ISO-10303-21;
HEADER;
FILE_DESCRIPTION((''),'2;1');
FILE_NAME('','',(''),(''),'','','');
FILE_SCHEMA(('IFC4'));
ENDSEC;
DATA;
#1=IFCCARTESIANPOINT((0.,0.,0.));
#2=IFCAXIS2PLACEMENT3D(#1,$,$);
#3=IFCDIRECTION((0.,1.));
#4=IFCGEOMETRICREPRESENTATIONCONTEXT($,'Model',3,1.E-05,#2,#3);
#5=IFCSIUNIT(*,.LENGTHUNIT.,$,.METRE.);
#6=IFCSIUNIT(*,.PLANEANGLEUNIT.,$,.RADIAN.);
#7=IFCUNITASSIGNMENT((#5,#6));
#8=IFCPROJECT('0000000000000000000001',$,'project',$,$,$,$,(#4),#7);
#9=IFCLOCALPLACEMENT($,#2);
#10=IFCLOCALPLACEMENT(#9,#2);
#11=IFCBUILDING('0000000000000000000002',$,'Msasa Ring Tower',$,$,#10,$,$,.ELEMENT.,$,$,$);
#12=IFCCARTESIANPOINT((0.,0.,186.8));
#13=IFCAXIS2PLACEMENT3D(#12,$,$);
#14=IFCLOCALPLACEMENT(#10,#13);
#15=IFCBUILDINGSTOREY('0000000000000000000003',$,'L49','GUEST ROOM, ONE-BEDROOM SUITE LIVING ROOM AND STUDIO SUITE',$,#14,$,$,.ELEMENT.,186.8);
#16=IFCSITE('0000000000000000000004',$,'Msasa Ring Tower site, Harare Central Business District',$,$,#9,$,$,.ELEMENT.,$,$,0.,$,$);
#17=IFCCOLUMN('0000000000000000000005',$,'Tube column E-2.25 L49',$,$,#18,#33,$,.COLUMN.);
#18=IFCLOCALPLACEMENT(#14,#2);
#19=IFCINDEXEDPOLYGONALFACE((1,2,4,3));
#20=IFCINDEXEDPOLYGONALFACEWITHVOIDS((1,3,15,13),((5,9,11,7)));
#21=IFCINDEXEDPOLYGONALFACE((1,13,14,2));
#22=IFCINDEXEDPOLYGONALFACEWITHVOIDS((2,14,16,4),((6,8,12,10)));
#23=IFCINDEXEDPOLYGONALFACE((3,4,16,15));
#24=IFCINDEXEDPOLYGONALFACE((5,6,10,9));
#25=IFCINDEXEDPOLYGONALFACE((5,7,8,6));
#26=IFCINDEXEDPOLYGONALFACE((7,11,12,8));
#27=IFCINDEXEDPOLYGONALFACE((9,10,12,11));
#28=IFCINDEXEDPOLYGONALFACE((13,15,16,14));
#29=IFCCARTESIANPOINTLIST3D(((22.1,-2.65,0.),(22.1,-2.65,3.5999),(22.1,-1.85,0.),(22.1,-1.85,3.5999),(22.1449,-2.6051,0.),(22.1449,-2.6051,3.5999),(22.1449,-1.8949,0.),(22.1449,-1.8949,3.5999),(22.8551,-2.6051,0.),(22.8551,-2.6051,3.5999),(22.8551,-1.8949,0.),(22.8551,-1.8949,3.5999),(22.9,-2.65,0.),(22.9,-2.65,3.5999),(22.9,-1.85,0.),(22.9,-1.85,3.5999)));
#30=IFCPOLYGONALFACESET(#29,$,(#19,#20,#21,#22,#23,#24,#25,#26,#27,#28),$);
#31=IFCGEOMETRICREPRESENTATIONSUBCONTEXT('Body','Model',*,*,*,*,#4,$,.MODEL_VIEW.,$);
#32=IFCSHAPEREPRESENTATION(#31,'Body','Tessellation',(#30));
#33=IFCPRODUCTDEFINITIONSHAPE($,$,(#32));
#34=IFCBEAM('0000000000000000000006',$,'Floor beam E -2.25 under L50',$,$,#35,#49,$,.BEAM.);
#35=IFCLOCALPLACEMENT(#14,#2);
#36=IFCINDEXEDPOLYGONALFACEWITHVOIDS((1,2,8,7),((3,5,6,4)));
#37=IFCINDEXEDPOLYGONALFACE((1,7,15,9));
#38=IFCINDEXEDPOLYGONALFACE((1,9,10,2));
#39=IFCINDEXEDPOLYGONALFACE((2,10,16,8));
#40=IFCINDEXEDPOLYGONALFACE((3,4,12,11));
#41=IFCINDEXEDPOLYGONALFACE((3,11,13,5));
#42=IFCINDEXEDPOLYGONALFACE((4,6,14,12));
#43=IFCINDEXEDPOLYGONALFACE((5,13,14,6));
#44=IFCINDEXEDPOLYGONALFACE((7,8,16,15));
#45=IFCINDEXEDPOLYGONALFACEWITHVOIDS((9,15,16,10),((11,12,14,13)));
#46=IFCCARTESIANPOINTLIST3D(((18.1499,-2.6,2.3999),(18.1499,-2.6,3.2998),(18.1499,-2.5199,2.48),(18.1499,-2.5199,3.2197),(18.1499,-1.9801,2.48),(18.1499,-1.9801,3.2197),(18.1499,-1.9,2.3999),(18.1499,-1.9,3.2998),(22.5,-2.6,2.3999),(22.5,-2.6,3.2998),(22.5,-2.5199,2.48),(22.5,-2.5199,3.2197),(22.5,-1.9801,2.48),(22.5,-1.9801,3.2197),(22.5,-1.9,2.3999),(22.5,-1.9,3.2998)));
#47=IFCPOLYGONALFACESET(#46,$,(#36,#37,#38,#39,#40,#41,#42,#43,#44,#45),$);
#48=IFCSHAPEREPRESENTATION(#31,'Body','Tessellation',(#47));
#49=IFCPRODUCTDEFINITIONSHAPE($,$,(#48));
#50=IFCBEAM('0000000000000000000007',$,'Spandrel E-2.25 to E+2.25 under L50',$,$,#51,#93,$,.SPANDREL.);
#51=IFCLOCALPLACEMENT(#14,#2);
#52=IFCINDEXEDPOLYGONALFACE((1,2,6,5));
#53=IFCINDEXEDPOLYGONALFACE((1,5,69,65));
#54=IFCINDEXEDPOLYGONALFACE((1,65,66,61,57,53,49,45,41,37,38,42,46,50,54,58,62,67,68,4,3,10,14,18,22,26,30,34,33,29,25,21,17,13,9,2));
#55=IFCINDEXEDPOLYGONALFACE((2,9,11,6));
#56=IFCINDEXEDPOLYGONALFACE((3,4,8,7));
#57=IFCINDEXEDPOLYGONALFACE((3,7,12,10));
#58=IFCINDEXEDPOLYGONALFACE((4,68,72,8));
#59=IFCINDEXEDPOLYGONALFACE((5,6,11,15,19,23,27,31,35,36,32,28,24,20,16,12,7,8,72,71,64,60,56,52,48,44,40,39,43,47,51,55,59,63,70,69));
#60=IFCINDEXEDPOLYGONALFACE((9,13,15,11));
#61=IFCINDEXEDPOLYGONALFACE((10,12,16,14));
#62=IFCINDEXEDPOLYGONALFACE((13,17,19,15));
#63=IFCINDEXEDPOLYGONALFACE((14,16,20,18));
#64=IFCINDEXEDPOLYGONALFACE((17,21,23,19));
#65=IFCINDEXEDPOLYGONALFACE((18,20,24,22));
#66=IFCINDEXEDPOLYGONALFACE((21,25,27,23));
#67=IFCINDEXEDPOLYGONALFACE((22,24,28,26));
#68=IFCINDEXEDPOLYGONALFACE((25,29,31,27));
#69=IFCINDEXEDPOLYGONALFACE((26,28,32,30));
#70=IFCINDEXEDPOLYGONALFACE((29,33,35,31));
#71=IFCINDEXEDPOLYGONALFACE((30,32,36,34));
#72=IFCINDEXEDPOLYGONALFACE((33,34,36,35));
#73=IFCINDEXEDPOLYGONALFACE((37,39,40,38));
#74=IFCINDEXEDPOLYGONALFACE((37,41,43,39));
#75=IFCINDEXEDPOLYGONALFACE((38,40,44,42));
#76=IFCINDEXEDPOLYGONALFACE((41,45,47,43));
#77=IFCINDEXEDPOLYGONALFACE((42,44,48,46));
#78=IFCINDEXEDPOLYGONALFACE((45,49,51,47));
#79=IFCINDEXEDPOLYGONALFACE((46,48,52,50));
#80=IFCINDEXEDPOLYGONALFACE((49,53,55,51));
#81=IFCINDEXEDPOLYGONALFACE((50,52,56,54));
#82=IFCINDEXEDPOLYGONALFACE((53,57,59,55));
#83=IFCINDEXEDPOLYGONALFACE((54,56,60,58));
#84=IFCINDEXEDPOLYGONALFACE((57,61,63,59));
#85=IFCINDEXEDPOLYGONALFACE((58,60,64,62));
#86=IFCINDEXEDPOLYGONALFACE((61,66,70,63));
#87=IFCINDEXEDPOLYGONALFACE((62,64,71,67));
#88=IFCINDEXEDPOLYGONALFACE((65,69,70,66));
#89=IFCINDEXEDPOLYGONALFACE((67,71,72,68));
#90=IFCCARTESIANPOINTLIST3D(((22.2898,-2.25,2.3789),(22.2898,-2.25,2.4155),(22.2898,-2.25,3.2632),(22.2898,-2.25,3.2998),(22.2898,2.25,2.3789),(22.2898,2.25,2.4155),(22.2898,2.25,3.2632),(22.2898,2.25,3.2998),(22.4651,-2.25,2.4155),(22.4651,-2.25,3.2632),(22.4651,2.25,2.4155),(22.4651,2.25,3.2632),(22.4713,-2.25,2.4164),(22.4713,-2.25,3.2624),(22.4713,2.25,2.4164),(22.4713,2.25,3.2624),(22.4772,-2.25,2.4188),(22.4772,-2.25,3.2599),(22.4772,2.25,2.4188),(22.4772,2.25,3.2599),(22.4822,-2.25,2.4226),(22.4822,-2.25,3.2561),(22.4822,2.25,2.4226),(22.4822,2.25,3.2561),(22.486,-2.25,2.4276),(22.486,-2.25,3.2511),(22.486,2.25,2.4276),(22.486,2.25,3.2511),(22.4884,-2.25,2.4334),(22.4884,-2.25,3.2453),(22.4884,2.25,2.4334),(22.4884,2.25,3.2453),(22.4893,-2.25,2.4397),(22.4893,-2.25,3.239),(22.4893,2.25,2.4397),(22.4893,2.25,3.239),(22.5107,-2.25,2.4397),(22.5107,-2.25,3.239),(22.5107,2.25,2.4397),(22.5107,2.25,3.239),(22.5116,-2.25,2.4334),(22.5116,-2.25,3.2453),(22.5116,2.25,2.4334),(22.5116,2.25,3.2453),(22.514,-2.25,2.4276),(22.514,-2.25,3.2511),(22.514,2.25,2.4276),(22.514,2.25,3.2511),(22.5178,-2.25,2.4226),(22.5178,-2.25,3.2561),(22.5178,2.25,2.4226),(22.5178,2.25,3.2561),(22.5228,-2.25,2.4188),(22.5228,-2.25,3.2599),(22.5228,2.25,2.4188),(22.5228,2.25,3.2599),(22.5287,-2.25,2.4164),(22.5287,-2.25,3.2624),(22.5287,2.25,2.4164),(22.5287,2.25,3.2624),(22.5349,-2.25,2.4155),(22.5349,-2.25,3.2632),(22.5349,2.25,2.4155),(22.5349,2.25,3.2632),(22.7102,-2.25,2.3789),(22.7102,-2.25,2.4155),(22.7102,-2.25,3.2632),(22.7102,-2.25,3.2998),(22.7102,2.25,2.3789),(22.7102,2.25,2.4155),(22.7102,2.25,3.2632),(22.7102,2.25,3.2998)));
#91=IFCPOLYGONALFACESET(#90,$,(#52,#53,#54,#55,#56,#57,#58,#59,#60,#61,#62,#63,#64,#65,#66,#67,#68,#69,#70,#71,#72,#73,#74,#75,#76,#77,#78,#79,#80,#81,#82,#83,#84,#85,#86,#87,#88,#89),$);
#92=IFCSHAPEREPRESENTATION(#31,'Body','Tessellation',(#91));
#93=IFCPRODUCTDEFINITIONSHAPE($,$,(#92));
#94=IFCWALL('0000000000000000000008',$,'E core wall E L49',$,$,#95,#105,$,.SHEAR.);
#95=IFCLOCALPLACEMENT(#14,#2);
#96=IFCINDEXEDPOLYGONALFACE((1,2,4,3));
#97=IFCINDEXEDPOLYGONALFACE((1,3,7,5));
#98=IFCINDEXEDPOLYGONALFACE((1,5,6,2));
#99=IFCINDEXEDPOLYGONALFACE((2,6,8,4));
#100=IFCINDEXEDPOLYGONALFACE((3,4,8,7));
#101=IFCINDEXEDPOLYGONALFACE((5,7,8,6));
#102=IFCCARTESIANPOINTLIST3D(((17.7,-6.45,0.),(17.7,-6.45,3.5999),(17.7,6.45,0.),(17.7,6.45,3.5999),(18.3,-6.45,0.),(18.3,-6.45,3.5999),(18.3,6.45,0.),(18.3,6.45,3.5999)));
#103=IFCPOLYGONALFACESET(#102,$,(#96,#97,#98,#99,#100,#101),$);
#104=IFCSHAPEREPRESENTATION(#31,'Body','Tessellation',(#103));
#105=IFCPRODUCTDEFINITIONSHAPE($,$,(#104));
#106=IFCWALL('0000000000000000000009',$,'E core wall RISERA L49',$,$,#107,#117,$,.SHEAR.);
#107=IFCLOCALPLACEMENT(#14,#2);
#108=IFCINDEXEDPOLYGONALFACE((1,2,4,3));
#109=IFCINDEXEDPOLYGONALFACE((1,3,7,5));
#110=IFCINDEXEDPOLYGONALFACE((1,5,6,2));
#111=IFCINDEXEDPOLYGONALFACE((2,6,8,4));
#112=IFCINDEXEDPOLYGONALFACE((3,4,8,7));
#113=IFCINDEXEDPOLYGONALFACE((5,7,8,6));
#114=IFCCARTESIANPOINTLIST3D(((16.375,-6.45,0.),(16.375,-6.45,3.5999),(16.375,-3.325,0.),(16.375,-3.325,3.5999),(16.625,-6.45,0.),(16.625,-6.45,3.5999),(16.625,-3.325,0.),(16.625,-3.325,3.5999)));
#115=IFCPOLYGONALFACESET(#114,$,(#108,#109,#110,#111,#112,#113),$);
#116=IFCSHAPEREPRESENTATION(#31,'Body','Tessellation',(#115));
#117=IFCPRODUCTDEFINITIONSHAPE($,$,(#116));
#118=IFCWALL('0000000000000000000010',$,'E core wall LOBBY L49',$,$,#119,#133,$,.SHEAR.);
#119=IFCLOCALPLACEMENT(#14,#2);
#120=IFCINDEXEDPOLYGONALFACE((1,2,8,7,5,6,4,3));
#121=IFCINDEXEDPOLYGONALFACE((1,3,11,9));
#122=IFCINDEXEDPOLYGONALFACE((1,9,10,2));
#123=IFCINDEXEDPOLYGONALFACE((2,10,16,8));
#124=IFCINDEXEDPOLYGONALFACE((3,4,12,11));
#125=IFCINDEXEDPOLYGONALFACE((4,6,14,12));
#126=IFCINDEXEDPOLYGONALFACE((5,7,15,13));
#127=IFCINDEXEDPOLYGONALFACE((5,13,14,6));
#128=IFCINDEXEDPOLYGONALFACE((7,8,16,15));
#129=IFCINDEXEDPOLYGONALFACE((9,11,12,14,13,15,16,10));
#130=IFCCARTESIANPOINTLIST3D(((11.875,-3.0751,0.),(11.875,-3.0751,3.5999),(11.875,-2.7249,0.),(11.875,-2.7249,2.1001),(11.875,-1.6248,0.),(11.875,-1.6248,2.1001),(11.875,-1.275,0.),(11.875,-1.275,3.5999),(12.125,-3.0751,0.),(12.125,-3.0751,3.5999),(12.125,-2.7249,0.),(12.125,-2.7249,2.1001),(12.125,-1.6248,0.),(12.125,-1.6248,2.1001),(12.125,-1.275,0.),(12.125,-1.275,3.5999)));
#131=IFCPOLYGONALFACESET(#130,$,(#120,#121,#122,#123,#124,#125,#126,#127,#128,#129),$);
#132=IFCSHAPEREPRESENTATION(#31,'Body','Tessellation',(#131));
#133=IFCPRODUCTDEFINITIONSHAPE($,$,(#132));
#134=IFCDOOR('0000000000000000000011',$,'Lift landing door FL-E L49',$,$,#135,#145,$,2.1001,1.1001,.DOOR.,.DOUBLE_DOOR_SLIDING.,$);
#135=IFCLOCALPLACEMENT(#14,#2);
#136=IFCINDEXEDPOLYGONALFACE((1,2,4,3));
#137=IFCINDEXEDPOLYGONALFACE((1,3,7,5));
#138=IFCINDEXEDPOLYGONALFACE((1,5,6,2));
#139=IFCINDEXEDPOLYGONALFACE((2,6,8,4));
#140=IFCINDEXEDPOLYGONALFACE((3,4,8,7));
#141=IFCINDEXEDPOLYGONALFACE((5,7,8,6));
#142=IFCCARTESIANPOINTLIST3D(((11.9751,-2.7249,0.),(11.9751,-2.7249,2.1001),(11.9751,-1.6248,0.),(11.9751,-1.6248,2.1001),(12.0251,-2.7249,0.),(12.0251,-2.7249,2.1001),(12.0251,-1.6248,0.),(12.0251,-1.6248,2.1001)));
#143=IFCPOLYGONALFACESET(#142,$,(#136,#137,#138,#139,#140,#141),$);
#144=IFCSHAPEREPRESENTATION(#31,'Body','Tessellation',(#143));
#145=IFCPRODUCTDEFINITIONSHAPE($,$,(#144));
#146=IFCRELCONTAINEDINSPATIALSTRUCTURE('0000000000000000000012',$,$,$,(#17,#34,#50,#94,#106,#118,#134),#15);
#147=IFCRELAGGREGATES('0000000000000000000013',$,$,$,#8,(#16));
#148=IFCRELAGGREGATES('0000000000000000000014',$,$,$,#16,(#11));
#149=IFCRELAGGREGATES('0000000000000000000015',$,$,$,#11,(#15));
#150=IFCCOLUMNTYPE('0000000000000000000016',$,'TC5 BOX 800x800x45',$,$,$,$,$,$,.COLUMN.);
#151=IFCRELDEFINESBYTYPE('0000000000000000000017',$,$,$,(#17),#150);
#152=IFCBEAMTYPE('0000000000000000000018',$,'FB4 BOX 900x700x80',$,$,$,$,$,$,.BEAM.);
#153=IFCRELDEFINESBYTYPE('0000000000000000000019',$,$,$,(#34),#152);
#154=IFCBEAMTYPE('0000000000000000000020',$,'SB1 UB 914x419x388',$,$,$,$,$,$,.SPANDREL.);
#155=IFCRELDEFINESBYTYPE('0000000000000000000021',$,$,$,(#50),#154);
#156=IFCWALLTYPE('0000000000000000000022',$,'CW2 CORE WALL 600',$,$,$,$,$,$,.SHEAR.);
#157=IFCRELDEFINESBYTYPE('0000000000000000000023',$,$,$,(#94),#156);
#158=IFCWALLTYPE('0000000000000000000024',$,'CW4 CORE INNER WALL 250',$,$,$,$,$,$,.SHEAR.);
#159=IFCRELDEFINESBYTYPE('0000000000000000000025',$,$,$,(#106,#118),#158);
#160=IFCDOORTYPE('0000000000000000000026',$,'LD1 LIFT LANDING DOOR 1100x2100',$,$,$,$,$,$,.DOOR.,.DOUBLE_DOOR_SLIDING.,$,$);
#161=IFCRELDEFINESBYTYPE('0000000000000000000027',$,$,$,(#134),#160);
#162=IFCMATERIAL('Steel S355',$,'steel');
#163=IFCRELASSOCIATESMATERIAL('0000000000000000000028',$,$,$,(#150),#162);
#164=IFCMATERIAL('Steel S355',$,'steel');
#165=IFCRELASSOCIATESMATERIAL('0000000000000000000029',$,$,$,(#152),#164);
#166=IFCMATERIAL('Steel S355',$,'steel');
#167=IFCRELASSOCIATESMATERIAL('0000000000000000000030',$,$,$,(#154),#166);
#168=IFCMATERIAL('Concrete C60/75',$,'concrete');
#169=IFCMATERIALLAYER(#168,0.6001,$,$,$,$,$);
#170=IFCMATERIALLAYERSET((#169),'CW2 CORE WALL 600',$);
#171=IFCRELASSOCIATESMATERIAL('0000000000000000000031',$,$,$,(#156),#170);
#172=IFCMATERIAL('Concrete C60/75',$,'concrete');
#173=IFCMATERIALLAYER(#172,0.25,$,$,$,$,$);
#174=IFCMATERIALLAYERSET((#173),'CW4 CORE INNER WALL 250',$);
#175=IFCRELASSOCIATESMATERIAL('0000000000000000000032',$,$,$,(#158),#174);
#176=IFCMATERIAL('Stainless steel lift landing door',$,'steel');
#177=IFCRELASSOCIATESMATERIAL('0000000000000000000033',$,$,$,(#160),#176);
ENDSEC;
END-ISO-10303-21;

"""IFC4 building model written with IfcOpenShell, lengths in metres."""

from ifc_helpers import new_model, si_unit, direction, frame, frame_2d, origin, origin_2d, place, context, subcontext, project, spatial, rectangle, hollow_rectangle, i_section, extrude, material, layer, layer_set, material_profile, profile_set, type_object, element, fill, save


model = new_model("IFC4")

# Units and contexts
model_context = context("Model", 3, precision=1e-05, world=origin(), true_north=direction((0.0, 1.0)))
body_context = subcontext(model_context, "Body", "Model", "MODEL_VIEW")
ifc_project = project(units=[si_unit("LENGTHUNIT", "METRE"), si_unit("PLANEANGLEUNIT", "RADIAN")], contexts=[model_context])

# Site, building, storey
site_placement = place(None, origin())
site = spatial("IfcSite", under=ifc_project, at=site_placement, Name="Msasa Ring Tower site, Harare Central Business District", CompositionType="ELEMENT", RefElevation=0.0)
building_placement = place(site_placement, origin())
building = spatial("IfcBuilding", under=site, at=building_placement, Name="Msasa Ring Tower", CompositionType="ELEMENT")
storey_placement = place(building_placement, frame((0.0, 0.0, 186.8)))
storey = spatial("IfcBuildingStorey", under=building, at=storey_placement, Name="L49", Description="GUEST ROOM, ONE-BEDROOM SUITE LIVING ROOM AND STUDIO SUITE", CompositionType="ELEMENT", Elevation=186.8)

# Column
ifc_material_1 = material(Name="Steel S355", Category="steel")
ifc_material_profile_1 = material_profile(ifc_material_1, hollow_rectangle(XDim=0.8, YDim=0.8, WallThickness=0.0449, at=origin_2d()), Name="BOX 800x800x45")
ifc_profile_set_1 = profile_set([ifc_material_profile_1], Name="Steel S355")
column_type = type_object("IfcColumnType", Name="TC5 BOX 800x800x45", PredefinedType="COLUMN", material=ifc_profile_set_1)
column_placement = place(storey_placement, frame((22.5, -2.25, 0.0), z_axis=(0.0, 0.0, 1.0), x_axis=(1.0, 0.0, 0.0)))
element("IfcColumn", 1, at=column_placement, inside=storey, type_object=column_type, Name="Tube column E-2.25 L49", PredefinedType="COLUMN", context=body_context, shape_type="SweptSolid", body=[
    extrude(hollow_rectangle(XDim=0.8, YDim=0.8, WallThickness=0.0449, at=origin_2d()), origin(), (0.0, 0.0, 1.0), 3.5999),
])

# Beams
ifc_material_2 = material(Name="Steel S355", Category="steel")
ifc_material_profile_2 = material_profile(ifc_material_2, hollow_rectangle(XDim=0.7, YDim=0.8999, WallThickness=0.0801, at=origin_2d()), Name="BOX 900x700x80")
ifc_profile_set_2 = profile_set([ifc_material_profile_2], Name="Steel S355")
beam_type_1 = type_object("IfcBeamType", Name="FB4 BOX 900x700x80", PredefinedType="BEAM", material=ifc_profile_set_2)
beam_1_placement = place(storey_placement, frame((22.5, -2.25, 2.8499), z_axis=(-1.0, 0.0, 0.0), x_axis=(0.0, -1.0, 0.0)))
element("IfcBeam", 2, at=beam_1_placement, inside=storey, type_object=beam_type_1, Name="Floor beam E -2.25 under L50", PredefinedType="BEAM", context=body_context, shape_type="SweptSolid", body=[
    extrude(hollow_rectangle(XDim=0.7, YDim=0.8999, WallThickness=0.0801, at=origin_2d()), origin(), (0.0, 0.0, 1.0), 4.3501),
])
ifc_material_3 = material(Name="Steel S355", Category="steel")
ifc_material_profile_3 = material_profile(ifc_material_3, i_section(OverallWidth=0.4204, OverallDepth=0.9209, WebThickness=0.0215, FlangeThickness=0.0366, FilletRadius=0.0242, at=origin_2d()), Name="UB 914x419x388")
ifc_profile_set_3 = profile_set([ifc_material_profile_3], Name="Steel S355")
beam_type_2 = type_object("IfcBeamType", Name="SB1 UB 914x419x388", PredefinedType="SPANDREL", material=ifc_profile_set_3)
beam_2_placement = place(storey_placement, frame((22.5, -2.25, 2.8394), z_axis=(0.0, 1.0, 0.0), x_axis=(-1.0, 0.0, 0.0)))
element("IfcBeam", 3, at=beam_2_placement, inside=storey, type_object=beam_type_2, Name="Spandrel E-2.25 to E+2.25 under L50", PredefinedType="SPANDREL", context=body_context, shape_type="SweptSolid", body=[
    extrude(i_section(OverallWidth=0.4204, OverallDepth=0.9209, WebThickness=0.0215, FlangeThickness=0.0366, FilletRadius=0.0242, at=origin_2d()), origin(), (0.0, 0.0, 1.0), 4.5),
])

# Walls
ifc_material_4 = material(Name="Concrete C60/75", Category="concrete")
ifc_layer_1 = layer(ifc_material_4, 0.6001)
ifc_layer_set_1 = layer_set([ifc_layer_1], Name="CW2 CORE WALL 600")
wall_type_1 = type_object("IfcWallType", Name="CW2 CORE WALL 600", PredefinedType="SHEAR", material=ifc_layer_set_1)
wall_1_placement = place(storey_placement, frame((18.0, -6.45, 0.0), z_axis=(0.0, 0.0, 1.0), x_axis=(0.0, 1.0, 0.0)))
element("IfcWall", 4, at=wall_1_placement, inside=storey, type_object=wall_type_1, Name="E core wall E L49", PredefinedType="SHEAR", context=body_context, shape_type="SweptSolid", body=[
    extrude(rectangle(XDim=12.8999, YDim=0.6001, at=frame_2d((6.45, 0.0))), origin(), (0.0, 0.0, 1.0), 3.5999),
])
ifc_material_5 = material(Name="Concrete C60/75", Category="concrete")
ifc_layer_2 = layer(ifc_material_5, 0.25)
ifc_layer_set_2 = layer_set([ifc_layer_2], Name="CW4 CORE INNER WALL 250")
wall_type_2 = type_object("IfcWallType", Name="CW4 CORE INNER WALL 250", PredefinedType="SHEAR", material=ifc_layer_set_2)
wall_2_placement = place(storey_placement, frame((16.5, -6.45, 0.0), z_axis=(0.0, 0.0, 1.0), x_axis=(0.0, 1.0, 0.0)))
element("IfcWall", 5, at=wall_2_placement, inside=storey, type_object=wall_type_2, Name="E core wall RISERA L49", PredefinedType="SHEAR", context=body_context, shape_type="SweptSolid", body=[
    extrude(rectangle(XDim=3.125, YDim=0.25, at=frame_2d((1.5625, 0.0))), origin(), (0.0, 0.0, 1.0), 3.5999),
])

# Wall, opening, door
wall_3_placement = place(storey_placement, frame((12.0, -3.075, 0.0), z_axis=(0.0, 0.0, 1.0), x_axis=(0.0, 1.0, 0.0)))
wall_3 = element("IfcWall", 6, at=wall_3_placement, inside=storey, type_object=wall_type_2, Name="E core wall LOBBY L49", PredefinedType="SHEAR", context=body_context, shape_type="SweptSolid", body=[
    extrude(rectangle(XDim=1.8, YDim=0.25, at=frame_2d((0.8999, 0.0))), origin(), (0.0, 0.0, 1.0), 3.5999),
])
opening_1_placement = place(wall_3_placement, frame((0.3501, 0.0, 0.0)))
opening_1 = element("IfcOpeningElement", 7, at=opening_1_placement, cuts=wall_3, PredefinedType="OPENING", context=body_context, shape_type="SweptSolid", body=[
    extrude(rectangle(XDim=1.1001, YDim=2.1001, at=frame_2d((0.55, 1.05))), frame((0.0, 0.135, 0.0), z_axis=(0.0, -1.0, 0.0), x_axis=(1.0, 0.0, 0.0)), (0.0, 0.0, 1.0), 0.27),
])
ifc_material_6 = material(Name="Stainless steel lift landing door", Category="steel")
door_type = type_object("IfcDoorType", Name="LD1 LIFT LANDING DOOR 1100x2100", OperationType="DOUBLE_DOOR_SLIDING", PredefinedType="DOOR", material=ifc_material_6)
door_1_placement = place(opening_1_placement, origin())
door_1 = element("IfcDoor", 8, at=door_1_placement, inside=storey, type_object=door_type, Name="Lift landing door FL-E L49", OperationType="DOUBLE_DOOR_SLIDING", OverallHeight=2.1001, OverallWidth=1.1001, PredefinedType="DOOR", context=body_context, shape_type="SweptSolid", body=[
    extrude(rectangle(XDim=1.1001, YDim=2.1001, at=frame_2d((0.55, 1.05))), frame((0.0, 0.0249, 0.0), z_axis=(0.0, -1.0, 0.0), x_axis=(1.0, 0.0, 0.0)), (0.0, 0.0, 1.0), 0.05),
])
fill(opening_1, door_1)

save(model, "model.ifc")
